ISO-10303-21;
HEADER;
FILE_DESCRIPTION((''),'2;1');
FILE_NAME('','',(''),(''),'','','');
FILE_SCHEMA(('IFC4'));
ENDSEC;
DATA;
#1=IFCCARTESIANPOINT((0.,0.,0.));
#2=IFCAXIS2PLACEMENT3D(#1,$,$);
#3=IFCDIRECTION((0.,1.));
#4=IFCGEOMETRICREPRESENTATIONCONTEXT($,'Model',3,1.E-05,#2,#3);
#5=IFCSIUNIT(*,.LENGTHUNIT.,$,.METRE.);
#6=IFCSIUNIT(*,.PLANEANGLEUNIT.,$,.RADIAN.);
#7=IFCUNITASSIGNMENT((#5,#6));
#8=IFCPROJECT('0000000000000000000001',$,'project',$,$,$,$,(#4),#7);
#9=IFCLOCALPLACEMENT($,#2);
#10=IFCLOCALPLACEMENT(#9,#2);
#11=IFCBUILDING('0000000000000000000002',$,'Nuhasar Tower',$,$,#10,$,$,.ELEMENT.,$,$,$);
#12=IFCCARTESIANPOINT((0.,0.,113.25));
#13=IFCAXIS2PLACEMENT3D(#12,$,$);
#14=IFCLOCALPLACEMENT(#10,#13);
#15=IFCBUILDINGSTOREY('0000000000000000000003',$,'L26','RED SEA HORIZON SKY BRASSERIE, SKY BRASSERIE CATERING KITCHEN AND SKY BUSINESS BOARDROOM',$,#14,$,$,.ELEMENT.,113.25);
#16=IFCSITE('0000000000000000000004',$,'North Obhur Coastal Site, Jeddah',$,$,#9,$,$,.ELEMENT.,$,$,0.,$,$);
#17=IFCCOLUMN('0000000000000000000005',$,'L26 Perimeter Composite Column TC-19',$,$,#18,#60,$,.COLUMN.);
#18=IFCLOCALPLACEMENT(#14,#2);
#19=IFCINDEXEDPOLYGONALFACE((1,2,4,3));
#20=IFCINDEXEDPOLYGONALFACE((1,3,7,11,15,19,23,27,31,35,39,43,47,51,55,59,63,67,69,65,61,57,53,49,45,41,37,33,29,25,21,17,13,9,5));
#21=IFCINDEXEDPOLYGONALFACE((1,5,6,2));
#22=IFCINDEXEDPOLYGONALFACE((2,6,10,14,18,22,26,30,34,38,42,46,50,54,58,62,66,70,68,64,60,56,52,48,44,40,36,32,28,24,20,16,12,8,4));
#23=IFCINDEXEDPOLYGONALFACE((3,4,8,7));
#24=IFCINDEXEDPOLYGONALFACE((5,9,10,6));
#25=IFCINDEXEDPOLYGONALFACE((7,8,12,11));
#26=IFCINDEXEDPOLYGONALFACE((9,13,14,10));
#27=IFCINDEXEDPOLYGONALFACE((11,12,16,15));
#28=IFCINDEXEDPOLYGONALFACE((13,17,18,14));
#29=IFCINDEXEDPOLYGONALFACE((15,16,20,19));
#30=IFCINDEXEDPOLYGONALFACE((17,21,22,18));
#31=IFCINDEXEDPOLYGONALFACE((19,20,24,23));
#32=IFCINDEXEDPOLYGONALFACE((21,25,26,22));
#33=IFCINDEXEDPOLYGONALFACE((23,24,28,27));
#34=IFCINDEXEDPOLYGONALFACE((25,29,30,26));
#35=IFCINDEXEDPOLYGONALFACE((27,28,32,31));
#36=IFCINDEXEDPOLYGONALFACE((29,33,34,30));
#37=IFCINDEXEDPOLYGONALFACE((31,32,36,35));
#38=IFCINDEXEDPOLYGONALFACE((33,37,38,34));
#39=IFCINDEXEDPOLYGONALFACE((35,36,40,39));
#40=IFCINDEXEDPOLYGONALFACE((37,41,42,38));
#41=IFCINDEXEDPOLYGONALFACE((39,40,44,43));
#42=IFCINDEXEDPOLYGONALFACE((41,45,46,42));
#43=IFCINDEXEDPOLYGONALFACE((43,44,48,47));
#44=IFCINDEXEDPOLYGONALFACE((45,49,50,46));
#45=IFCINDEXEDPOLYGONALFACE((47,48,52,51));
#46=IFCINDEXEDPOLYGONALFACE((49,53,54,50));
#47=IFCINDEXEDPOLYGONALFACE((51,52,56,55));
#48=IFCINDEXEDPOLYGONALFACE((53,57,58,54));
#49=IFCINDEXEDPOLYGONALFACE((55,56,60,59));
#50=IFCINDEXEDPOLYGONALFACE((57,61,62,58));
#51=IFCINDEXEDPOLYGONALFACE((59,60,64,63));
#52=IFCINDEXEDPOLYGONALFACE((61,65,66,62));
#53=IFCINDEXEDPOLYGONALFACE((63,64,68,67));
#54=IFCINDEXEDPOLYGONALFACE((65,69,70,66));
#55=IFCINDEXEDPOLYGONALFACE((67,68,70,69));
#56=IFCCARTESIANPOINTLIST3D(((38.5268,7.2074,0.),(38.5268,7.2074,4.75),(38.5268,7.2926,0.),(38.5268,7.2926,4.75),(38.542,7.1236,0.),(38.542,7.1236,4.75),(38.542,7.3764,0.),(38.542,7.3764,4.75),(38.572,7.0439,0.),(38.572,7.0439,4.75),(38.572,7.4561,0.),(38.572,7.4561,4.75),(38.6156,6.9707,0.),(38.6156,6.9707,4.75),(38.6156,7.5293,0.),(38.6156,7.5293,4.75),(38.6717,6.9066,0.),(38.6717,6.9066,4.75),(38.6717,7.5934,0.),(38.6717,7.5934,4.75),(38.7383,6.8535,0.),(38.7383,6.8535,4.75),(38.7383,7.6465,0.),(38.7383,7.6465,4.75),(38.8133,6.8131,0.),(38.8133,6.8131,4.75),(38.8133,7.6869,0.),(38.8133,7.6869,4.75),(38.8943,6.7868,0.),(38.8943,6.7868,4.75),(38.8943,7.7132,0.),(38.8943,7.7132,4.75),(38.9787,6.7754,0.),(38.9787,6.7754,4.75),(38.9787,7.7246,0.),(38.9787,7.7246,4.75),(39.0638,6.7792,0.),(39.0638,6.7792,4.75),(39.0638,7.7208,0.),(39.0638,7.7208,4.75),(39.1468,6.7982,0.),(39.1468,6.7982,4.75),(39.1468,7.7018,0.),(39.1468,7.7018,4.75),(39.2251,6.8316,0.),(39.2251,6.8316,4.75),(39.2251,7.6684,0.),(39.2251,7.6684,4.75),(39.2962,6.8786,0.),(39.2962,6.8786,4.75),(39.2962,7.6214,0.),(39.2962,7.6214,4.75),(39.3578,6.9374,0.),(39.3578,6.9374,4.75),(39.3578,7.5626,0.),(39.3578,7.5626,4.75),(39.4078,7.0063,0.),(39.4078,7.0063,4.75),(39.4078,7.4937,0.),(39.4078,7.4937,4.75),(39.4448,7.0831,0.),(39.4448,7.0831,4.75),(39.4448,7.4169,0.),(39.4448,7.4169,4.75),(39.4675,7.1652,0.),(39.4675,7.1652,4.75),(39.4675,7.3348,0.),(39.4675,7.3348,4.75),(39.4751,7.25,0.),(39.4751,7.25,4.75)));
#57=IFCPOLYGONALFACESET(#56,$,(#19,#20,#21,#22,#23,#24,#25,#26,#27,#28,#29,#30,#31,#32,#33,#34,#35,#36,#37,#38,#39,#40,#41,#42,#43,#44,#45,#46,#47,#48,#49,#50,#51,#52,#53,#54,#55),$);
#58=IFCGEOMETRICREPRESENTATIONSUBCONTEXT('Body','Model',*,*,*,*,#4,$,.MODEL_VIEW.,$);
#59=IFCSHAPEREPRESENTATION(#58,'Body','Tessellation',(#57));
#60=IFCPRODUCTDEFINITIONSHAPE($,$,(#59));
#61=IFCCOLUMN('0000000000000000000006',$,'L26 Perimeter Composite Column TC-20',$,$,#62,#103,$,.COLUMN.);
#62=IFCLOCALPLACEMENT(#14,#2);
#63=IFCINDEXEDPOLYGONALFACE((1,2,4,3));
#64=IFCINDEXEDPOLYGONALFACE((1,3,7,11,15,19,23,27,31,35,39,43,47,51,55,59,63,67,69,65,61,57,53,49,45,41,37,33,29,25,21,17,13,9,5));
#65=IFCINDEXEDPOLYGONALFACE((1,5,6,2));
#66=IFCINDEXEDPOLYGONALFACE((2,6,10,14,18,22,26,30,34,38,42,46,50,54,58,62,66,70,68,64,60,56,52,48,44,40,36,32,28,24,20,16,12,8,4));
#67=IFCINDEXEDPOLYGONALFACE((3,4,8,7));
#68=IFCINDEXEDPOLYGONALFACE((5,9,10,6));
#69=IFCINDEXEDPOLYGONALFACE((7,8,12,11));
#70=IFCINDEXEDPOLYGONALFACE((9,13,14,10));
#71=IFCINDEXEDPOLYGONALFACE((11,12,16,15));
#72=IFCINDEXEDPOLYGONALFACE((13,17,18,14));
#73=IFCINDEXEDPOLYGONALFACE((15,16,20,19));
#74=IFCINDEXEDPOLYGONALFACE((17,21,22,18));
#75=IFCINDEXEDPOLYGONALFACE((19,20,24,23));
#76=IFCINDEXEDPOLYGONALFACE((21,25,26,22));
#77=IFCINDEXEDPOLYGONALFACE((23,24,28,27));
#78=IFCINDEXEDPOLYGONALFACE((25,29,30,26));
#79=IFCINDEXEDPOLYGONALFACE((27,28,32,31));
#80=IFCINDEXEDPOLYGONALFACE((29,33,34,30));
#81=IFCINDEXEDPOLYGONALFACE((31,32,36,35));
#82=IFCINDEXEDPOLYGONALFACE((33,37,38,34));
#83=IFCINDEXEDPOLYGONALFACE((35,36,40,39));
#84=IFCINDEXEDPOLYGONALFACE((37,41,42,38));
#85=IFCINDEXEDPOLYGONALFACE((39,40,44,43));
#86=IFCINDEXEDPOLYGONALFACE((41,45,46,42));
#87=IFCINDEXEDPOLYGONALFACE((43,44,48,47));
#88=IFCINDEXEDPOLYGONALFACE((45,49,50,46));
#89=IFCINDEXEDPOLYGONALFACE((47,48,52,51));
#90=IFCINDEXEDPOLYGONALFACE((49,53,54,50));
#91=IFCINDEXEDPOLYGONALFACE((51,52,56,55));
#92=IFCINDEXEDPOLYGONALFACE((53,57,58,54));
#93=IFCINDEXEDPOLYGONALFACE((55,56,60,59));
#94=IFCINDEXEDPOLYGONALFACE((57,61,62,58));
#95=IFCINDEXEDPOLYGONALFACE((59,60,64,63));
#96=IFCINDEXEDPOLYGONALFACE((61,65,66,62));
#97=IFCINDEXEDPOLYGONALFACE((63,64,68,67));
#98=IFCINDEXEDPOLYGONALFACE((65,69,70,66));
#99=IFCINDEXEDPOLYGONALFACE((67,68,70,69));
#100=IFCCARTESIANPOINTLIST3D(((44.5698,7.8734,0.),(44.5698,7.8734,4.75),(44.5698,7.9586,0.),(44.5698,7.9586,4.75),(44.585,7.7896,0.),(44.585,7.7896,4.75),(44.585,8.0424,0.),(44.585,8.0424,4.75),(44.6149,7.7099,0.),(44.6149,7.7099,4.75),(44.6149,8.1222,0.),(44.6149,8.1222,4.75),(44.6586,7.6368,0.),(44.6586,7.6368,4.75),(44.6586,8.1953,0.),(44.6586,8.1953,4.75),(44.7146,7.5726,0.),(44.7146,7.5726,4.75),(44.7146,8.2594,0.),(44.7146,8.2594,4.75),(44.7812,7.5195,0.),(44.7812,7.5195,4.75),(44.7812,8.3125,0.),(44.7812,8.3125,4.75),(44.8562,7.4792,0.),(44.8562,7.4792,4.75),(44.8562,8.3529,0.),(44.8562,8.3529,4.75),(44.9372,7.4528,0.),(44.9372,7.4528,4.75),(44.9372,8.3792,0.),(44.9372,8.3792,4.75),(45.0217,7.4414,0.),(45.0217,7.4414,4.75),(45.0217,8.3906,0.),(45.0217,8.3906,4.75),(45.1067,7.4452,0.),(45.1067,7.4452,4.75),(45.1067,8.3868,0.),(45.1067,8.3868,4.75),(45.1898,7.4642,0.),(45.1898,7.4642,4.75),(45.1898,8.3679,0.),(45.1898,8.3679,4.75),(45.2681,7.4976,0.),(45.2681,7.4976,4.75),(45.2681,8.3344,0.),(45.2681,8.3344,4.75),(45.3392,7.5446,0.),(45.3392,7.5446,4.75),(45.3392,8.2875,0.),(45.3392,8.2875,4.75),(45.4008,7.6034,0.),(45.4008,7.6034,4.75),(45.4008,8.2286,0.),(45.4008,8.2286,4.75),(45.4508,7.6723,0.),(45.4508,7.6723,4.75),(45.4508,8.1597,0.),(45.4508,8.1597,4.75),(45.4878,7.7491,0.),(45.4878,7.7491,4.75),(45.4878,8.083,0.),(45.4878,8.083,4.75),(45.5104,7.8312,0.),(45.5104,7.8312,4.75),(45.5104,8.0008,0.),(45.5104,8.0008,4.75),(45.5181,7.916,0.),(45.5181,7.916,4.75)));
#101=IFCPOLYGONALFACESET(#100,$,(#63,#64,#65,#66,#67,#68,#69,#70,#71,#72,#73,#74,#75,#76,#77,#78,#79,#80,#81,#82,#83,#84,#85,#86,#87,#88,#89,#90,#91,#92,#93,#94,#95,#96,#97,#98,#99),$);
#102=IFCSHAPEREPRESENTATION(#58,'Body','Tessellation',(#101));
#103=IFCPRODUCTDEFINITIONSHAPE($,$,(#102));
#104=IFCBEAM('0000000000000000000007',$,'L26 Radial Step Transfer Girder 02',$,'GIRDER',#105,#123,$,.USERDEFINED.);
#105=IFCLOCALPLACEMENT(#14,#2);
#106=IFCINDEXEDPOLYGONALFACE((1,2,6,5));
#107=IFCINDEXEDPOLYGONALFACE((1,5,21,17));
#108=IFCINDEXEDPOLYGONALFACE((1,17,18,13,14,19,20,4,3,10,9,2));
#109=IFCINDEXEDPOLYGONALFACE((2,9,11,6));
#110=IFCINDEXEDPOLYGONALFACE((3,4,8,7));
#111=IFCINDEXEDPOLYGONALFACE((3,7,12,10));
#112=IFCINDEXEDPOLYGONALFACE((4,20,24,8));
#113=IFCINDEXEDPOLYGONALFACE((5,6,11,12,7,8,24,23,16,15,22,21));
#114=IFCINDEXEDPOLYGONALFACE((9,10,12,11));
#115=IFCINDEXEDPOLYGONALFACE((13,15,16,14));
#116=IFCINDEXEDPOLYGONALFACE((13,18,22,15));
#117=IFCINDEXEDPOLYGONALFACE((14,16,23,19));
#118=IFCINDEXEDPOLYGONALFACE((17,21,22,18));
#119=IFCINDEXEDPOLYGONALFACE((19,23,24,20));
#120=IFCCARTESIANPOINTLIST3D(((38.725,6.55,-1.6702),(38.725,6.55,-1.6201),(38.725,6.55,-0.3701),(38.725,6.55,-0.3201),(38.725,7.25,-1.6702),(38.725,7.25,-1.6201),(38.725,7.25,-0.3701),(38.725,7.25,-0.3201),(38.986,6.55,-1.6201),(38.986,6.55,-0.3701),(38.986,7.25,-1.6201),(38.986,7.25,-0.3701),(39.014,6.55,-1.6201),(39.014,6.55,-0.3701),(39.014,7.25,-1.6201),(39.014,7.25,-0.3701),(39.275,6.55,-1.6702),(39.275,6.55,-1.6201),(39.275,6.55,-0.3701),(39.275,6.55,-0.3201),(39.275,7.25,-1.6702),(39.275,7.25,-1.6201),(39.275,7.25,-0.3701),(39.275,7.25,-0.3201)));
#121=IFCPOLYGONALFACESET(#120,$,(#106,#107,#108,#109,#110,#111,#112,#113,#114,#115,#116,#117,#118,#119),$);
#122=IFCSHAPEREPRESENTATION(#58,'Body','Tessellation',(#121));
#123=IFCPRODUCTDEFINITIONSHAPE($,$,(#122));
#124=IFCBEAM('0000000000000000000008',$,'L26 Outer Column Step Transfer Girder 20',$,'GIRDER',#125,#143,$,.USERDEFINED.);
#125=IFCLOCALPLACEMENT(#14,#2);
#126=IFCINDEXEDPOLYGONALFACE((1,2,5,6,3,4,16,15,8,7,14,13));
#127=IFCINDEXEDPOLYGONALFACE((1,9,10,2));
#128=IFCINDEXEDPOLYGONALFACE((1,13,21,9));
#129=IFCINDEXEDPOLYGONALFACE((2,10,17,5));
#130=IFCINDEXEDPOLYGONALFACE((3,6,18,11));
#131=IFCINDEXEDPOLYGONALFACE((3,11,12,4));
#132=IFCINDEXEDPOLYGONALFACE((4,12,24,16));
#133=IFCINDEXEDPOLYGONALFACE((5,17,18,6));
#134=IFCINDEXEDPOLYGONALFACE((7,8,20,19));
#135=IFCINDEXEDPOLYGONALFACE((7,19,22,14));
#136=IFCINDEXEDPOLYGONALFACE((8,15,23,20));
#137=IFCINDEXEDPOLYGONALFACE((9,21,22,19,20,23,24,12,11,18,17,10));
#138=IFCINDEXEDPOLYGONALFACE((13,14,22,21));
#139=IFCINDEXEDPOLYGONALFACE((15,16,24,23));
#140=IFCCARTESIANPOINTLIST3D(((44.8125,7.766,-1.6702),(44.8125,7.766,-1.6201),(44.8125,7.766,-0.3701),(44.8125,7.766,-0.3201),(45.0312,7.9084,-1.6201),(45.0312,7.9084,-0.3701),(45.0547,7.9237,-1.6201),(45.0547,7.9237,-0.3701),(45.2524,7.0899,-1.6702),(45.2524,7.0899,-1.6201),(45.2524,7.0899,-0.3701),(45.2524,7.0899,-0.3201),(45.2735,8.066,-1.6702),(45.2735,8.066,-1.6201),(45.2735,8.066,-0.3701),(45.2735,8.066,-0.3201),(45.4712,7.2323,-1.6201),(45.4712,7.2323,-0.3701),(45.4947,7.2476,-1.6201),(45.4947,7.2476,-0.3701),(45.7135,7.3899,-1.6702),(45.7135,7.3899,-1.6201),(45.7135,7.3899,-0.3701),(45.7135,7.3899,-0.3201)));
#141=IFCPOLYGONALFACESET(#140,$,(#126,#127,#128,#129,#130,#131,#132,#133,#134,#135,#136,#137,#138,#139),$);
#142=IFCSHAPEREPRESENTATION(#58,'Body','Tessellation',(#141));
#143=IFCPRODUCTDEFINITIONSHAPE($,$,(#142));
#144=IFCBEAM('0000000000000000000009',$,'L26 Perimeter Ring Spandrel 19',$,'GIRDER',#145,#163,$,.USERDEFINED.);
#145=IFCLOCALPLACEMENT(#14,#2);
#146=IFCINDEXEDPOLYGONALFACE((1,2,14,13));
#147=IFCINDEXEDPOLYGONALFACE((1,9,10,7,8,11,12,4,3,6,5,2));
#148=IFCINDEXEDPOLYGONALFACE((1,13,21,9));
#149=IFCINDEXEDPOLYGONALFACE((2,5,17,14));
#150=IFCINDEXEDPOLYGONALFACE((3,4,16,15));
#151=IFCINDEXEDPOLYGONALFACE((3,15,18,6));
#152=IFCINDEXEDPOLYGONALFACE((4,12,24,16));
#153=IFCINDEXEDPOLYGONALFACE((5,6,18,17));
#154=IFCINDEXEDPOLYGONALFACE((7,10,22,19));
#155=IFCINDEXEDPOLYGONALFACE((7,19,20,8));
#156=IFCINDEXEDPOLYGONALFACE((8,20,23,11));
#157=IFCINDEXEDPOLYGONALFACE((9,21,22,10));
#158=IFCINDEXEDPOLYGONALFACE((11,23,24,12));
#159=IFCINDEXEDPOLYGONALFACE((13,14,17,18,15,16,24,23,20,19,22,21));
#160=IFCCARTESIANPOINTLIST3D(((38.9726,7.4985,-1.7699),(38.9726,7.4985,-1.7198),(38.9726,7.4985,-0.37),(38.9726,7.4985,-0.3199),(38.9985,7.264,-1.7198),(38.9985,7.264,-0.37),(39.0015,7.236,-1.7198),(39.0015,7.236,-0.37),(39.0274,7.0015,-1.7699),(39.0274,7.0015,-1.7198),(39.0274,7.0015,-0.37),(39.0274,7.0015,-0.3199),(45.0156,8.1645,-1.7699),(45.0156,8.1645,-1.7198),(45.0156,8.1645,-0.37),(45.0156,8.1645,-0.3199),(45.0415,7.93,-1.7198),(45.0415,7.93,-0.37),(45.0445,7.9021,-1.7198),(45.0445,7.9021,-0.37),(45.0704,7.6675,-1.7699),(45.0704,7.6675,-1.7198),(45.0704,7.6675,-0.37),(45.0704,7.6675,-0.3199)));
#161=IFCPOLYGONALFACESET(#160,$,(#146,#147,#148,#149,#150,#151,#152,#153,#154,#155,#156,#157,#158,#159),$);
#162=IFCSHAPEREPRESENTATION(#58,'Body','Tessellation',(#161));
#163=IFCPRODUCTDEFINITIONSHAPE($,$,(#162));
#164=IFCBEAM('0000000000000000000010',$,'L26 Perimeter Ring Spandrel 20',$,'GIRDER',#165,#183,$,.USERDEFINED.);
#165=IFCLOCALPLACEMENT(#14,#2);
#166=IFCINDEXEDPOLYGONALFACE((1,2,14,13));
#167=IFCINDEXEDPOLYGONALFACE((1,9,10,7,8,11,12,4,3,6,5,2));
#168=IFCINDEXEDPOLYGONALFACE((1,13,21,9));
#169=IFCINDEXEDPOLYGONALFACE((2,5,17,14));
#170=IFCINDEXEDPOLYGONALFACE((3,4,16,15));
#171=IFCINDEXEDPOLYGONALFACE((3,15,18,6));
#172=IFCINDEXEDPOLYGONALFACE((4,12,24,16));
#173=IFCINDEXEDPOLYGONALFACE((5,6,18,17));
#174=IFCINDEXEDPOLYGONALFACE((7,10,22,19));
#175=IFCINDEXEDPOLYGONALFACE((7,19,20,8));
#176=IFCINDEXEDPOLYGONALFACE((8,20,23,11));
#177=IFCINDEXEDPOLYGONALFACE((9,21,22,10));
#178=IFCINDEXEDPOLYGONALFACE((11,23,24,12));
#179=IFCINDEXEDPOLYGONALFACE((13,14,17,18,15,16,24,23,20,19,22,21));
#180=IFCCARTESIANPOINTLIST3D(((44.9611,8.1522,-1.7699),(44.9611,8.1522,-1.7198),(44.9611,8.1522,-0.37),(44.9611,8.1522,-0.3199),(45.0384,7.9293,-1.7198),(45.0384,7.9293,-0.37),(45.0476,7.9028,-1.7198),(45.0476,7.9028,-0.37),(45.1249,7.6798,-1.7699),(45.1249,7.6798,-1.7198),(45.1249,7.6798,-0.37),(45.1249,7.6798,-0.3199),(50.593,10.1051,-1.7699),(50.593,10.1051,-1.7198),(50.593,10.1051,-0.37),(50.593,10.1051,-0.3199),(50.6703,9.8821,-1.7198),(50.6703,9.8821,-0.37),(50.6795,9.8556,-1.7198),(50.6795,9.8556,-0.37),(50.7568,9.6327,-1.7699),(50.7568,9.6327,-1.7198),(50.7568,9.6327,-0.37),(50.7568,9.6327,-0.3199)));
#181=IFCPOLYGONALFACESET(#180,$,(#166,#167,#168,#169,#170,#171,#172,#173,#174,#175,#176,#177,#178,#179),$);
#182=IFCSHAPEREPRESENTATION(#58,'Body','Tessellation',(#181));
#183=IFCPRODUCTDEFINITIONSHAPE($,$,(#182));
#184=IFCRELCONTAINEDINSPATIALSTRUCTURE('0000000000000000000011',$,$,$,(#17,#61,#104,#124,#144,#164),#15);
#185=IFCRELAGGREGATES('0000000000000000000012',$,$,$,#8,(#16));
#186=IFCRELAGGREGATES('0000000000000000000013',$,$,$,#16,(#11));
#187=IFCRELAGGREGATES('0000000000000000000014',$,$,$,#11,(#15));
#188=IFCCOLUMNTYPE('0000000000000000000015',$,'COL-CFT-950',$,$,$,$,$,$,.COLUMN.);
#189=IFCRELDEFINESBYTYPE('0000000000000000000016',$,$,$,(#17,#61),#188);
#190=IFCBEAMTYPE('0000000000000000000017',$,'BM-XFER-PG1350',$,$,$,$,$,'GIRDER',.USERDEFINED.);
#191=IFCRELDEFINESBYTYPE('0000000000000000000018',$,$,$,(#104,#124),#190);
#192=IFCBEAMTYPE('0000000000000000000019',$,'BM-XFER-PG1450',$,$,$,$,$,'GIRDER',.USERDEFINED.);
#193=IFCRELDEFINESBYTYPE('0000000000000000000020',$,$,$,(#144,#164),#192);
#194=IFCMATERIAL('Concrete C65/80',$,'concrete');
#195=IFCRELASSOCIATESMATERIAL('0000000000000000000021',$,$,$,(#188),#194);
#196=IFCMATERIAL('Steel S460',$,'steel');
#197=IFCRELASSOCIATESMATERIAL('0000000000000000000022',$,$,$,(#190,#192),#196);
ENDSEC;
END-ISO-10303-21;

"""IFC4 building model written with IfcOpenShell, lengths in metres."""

from ifc_helpers import new_model, si_unit, direction, frame, origin, origin_2d, place, context, subcontext, project, spatial, circle, i_section, extrude, material, material_profile, profile_set, type_object, element, save


model = new_model("IFC4")

# Units and contexts
model_context = context("Model", 3, precision=1e-05, world=origin(), true_north=direction((0.0, 1.0)))
body_context = subcontext(model_context, "Body", "Model", "MODEL_VIEW")
ifc_project = project(units=[si_unit("LENGTHUNIT", "METRE"), si_unit("PLANEANGLEUNIT", "RADIAN")], contexts=[model_context])

# Site, building, storey
site_placement = place(None, origin())
site = spatial("IfcSite", under=ifc_project, at=site_placement, Name="North Obhur Coastal Site, Jeddah", CompositionType="ELEMENT", RefElevation=0.0)
building_placement = place(site_placement, origin())
building = spatial("IfcBuilding", under=site, at=building_placement, Name="Nuhasar Tower", CompositionType="ELEMENT")
storey_placement = place(building_placement, frame((0.0, 0.0, 113.25)))
storey = spatial("IfcBuildingStorey", under=building, at=storey_placement, Name="L26", Description="RED SEA HORIZON SKY BRASSERIE, SKY BRASSERIE CATERING KITCHEN AND SKY BUSINESS BOARDROOM", CompositionType="ELEMENT", Elevation=113.25)

# Columns
ifc_material_1 = material(Name="Concrete C65/80", Category="concrete")
ifc_material_profile_1 = material_profile(ifc_material_1, circle(Radius=0.4751, at=origin_2d()), Name="CFT950")
ifc_profile_set_1 = profile_set([ifc_material_profile_1], Name="Concrete C65/80")
column_type = type_object("IfcColumnType", Name="COL-CFT-950", PredefinedType="COLUMN", material=ifc_profile_set_1)
for number, where, z_axis, x_axis, name in (
    (1, (39.0, 7.25, 0.0), (0.0, 0.0, 1.0), (1.0, 0.0, 0.0), "L26 Perimeter Composite Column TC-19"),
    (2, (45.043, 7.916, 0.0), (0.0, 0.0, 1.0), (1.0, 0.0, 0.0), "L26 Perimeter Composite Column TC-20"),
):
    element("IfcColumn", number, at=place(storey_placement, frame(where, z_axis=z_axis, x_axis=x_axis)), inside=storey, type_object=column_type, Name=name, PredefinedType="COLUMN", context=body_context, shape_type="SweptSolid", body=[
        extrude(circle(Radius=0.4751, at=origin_2d()), origin(), (0.0, 0.0, 1.0), 4.75),
    ])

# Beams
ifc_material_2 = material(Name="Steel S460", Category="steel")
ifc_material_profile_2 = material_profile(ifc_material_2, i_section(OverallWidth=0.55, OverallDepth=1.3501, WebThickness=0.0281, FlangeThickness=0.05, at=origin_2d()), Name="PG1350X550")
ifc_profile_set_2 = profile_set([ifc_material_profile_2], Name="Steel S460")
beam_type_1 = type_object("IfcBeamType", Name="BM-XFER-PG1350", ElementType="GIRDER", PredefinedType="USERDEFINED", material=ifc_profile_set_2)
beam_1_placement = place(storey_placement, frame((39.0, 7.25, -0.9951), z_axis=(0.0, -1.0, 0.0), x_axis=(1.0, 0.0, 0.0)))
element("IfcBeam", 3, at=beam_1_placement, inside=storey, type_object=beam_type_1, Name="L26 Radial Step Transfer Girder 02", ObjectType="GIRDER", PredefinedType="USERDEFINED", context=body_context, shape_type="SweptSolid", body=[
    extrude(i_section(OverallWidth=0.55, OverallDepth=1.3501, WebThickness=0.0281, FlangeThickness=0.05, at=origin_2d()), origin(), (0.0, 0.0, 1.0), 0.7),
])
beam_2_placement = place(storey_placement, frame((45.043, 7.916, -0.9951), z_axis=(0.545446, -0.838146, 0.0), x_axis=(0.838146, 0.545446, 0.0)))
element("IfcBeam", 4, at=beam_2_placement, inside=storey, type_object=beam_type_1, Name="L26 Outer Column Step Transfer Girder 20", ObjectType="GIRDER", PredefinedType="USERDEFINED", context=body_context, shape_type="SweptSolid", body=[
    extrude(i_section(OverallWidth=0.55, OverallDepth=1.3501, WebThickness=0.0281, FlangeThickness=0.05, at=origin_2d()), origin(), (0.0, 0.0, 1.0), 0.8066),
])
ifc_material_profile_3 = material_profile(ifc_material_2, i_section(OverallWidth=0.5, OverallDepth=1.45, WebThickness=0.0281, FlangeThickness=0.05, at=origin_2d()), Name="PG1450X500")
ifc_profile_set_3 = profile_set([ifc_material_profile_3], Name="Steel S460")
beam_type_2 = type_object("IfcBeamType", Name="BM-XFER-PG1450", ElementType="GIRDER", PredefinedType="USERDEFINED", material=ifc_profile_set_3)
beam_3_placement = place(storey_placement, frame((39.0, 7.25, -1.0449), z_axis=(0.993981, 0.10955, 0.0), x_axis=(-0.10955, 0.993981, 0.0)))
element("IfcBeam", 5, at=beam_3_placement, inside=storey, type_object=beam_type_2, Name="L26 Perimeter Ring Spandrel 19", ObjectType="GIRDER", PredefinedType="USERDEFINED", context=body_context, shape_type="SweptSolid", body=[
    extrude(i_section(OverallWidth=0.5, OverallDepth=1.45, WebThickness=0.0281, FlangeThickness=0.05, at=origin_2d()), origin(), (0.0, 0.0, 1.0), 6.0796),
])
beam_4_placement = place(storey_placement, frame((45.043, 7.916, -1.0449), z_axis=(0.944814, 0.327607, 0.0), x_axis=(-0.327607, 0.944814, 0.0)))
element("IfcBeam", 6, at=beam_4_placement, inside=storey, type_object=beam_type_2, Name="L26 Perimeter Ring Spandrel 20", ObjectType="GIRDER", PredefinedType="USERDEFINED", context=body_context, shape_type="SweptSolid", body=[
    extrude(i_section(OverallWidth=0.5, OverallDepth=1.45, WebThickness=0.0281, FlangeThickness=0.05, at=origin_2d()), origin(), (0.0, 0.0, 1.0), 5.9609),
])

save(model, "model.ifc")
